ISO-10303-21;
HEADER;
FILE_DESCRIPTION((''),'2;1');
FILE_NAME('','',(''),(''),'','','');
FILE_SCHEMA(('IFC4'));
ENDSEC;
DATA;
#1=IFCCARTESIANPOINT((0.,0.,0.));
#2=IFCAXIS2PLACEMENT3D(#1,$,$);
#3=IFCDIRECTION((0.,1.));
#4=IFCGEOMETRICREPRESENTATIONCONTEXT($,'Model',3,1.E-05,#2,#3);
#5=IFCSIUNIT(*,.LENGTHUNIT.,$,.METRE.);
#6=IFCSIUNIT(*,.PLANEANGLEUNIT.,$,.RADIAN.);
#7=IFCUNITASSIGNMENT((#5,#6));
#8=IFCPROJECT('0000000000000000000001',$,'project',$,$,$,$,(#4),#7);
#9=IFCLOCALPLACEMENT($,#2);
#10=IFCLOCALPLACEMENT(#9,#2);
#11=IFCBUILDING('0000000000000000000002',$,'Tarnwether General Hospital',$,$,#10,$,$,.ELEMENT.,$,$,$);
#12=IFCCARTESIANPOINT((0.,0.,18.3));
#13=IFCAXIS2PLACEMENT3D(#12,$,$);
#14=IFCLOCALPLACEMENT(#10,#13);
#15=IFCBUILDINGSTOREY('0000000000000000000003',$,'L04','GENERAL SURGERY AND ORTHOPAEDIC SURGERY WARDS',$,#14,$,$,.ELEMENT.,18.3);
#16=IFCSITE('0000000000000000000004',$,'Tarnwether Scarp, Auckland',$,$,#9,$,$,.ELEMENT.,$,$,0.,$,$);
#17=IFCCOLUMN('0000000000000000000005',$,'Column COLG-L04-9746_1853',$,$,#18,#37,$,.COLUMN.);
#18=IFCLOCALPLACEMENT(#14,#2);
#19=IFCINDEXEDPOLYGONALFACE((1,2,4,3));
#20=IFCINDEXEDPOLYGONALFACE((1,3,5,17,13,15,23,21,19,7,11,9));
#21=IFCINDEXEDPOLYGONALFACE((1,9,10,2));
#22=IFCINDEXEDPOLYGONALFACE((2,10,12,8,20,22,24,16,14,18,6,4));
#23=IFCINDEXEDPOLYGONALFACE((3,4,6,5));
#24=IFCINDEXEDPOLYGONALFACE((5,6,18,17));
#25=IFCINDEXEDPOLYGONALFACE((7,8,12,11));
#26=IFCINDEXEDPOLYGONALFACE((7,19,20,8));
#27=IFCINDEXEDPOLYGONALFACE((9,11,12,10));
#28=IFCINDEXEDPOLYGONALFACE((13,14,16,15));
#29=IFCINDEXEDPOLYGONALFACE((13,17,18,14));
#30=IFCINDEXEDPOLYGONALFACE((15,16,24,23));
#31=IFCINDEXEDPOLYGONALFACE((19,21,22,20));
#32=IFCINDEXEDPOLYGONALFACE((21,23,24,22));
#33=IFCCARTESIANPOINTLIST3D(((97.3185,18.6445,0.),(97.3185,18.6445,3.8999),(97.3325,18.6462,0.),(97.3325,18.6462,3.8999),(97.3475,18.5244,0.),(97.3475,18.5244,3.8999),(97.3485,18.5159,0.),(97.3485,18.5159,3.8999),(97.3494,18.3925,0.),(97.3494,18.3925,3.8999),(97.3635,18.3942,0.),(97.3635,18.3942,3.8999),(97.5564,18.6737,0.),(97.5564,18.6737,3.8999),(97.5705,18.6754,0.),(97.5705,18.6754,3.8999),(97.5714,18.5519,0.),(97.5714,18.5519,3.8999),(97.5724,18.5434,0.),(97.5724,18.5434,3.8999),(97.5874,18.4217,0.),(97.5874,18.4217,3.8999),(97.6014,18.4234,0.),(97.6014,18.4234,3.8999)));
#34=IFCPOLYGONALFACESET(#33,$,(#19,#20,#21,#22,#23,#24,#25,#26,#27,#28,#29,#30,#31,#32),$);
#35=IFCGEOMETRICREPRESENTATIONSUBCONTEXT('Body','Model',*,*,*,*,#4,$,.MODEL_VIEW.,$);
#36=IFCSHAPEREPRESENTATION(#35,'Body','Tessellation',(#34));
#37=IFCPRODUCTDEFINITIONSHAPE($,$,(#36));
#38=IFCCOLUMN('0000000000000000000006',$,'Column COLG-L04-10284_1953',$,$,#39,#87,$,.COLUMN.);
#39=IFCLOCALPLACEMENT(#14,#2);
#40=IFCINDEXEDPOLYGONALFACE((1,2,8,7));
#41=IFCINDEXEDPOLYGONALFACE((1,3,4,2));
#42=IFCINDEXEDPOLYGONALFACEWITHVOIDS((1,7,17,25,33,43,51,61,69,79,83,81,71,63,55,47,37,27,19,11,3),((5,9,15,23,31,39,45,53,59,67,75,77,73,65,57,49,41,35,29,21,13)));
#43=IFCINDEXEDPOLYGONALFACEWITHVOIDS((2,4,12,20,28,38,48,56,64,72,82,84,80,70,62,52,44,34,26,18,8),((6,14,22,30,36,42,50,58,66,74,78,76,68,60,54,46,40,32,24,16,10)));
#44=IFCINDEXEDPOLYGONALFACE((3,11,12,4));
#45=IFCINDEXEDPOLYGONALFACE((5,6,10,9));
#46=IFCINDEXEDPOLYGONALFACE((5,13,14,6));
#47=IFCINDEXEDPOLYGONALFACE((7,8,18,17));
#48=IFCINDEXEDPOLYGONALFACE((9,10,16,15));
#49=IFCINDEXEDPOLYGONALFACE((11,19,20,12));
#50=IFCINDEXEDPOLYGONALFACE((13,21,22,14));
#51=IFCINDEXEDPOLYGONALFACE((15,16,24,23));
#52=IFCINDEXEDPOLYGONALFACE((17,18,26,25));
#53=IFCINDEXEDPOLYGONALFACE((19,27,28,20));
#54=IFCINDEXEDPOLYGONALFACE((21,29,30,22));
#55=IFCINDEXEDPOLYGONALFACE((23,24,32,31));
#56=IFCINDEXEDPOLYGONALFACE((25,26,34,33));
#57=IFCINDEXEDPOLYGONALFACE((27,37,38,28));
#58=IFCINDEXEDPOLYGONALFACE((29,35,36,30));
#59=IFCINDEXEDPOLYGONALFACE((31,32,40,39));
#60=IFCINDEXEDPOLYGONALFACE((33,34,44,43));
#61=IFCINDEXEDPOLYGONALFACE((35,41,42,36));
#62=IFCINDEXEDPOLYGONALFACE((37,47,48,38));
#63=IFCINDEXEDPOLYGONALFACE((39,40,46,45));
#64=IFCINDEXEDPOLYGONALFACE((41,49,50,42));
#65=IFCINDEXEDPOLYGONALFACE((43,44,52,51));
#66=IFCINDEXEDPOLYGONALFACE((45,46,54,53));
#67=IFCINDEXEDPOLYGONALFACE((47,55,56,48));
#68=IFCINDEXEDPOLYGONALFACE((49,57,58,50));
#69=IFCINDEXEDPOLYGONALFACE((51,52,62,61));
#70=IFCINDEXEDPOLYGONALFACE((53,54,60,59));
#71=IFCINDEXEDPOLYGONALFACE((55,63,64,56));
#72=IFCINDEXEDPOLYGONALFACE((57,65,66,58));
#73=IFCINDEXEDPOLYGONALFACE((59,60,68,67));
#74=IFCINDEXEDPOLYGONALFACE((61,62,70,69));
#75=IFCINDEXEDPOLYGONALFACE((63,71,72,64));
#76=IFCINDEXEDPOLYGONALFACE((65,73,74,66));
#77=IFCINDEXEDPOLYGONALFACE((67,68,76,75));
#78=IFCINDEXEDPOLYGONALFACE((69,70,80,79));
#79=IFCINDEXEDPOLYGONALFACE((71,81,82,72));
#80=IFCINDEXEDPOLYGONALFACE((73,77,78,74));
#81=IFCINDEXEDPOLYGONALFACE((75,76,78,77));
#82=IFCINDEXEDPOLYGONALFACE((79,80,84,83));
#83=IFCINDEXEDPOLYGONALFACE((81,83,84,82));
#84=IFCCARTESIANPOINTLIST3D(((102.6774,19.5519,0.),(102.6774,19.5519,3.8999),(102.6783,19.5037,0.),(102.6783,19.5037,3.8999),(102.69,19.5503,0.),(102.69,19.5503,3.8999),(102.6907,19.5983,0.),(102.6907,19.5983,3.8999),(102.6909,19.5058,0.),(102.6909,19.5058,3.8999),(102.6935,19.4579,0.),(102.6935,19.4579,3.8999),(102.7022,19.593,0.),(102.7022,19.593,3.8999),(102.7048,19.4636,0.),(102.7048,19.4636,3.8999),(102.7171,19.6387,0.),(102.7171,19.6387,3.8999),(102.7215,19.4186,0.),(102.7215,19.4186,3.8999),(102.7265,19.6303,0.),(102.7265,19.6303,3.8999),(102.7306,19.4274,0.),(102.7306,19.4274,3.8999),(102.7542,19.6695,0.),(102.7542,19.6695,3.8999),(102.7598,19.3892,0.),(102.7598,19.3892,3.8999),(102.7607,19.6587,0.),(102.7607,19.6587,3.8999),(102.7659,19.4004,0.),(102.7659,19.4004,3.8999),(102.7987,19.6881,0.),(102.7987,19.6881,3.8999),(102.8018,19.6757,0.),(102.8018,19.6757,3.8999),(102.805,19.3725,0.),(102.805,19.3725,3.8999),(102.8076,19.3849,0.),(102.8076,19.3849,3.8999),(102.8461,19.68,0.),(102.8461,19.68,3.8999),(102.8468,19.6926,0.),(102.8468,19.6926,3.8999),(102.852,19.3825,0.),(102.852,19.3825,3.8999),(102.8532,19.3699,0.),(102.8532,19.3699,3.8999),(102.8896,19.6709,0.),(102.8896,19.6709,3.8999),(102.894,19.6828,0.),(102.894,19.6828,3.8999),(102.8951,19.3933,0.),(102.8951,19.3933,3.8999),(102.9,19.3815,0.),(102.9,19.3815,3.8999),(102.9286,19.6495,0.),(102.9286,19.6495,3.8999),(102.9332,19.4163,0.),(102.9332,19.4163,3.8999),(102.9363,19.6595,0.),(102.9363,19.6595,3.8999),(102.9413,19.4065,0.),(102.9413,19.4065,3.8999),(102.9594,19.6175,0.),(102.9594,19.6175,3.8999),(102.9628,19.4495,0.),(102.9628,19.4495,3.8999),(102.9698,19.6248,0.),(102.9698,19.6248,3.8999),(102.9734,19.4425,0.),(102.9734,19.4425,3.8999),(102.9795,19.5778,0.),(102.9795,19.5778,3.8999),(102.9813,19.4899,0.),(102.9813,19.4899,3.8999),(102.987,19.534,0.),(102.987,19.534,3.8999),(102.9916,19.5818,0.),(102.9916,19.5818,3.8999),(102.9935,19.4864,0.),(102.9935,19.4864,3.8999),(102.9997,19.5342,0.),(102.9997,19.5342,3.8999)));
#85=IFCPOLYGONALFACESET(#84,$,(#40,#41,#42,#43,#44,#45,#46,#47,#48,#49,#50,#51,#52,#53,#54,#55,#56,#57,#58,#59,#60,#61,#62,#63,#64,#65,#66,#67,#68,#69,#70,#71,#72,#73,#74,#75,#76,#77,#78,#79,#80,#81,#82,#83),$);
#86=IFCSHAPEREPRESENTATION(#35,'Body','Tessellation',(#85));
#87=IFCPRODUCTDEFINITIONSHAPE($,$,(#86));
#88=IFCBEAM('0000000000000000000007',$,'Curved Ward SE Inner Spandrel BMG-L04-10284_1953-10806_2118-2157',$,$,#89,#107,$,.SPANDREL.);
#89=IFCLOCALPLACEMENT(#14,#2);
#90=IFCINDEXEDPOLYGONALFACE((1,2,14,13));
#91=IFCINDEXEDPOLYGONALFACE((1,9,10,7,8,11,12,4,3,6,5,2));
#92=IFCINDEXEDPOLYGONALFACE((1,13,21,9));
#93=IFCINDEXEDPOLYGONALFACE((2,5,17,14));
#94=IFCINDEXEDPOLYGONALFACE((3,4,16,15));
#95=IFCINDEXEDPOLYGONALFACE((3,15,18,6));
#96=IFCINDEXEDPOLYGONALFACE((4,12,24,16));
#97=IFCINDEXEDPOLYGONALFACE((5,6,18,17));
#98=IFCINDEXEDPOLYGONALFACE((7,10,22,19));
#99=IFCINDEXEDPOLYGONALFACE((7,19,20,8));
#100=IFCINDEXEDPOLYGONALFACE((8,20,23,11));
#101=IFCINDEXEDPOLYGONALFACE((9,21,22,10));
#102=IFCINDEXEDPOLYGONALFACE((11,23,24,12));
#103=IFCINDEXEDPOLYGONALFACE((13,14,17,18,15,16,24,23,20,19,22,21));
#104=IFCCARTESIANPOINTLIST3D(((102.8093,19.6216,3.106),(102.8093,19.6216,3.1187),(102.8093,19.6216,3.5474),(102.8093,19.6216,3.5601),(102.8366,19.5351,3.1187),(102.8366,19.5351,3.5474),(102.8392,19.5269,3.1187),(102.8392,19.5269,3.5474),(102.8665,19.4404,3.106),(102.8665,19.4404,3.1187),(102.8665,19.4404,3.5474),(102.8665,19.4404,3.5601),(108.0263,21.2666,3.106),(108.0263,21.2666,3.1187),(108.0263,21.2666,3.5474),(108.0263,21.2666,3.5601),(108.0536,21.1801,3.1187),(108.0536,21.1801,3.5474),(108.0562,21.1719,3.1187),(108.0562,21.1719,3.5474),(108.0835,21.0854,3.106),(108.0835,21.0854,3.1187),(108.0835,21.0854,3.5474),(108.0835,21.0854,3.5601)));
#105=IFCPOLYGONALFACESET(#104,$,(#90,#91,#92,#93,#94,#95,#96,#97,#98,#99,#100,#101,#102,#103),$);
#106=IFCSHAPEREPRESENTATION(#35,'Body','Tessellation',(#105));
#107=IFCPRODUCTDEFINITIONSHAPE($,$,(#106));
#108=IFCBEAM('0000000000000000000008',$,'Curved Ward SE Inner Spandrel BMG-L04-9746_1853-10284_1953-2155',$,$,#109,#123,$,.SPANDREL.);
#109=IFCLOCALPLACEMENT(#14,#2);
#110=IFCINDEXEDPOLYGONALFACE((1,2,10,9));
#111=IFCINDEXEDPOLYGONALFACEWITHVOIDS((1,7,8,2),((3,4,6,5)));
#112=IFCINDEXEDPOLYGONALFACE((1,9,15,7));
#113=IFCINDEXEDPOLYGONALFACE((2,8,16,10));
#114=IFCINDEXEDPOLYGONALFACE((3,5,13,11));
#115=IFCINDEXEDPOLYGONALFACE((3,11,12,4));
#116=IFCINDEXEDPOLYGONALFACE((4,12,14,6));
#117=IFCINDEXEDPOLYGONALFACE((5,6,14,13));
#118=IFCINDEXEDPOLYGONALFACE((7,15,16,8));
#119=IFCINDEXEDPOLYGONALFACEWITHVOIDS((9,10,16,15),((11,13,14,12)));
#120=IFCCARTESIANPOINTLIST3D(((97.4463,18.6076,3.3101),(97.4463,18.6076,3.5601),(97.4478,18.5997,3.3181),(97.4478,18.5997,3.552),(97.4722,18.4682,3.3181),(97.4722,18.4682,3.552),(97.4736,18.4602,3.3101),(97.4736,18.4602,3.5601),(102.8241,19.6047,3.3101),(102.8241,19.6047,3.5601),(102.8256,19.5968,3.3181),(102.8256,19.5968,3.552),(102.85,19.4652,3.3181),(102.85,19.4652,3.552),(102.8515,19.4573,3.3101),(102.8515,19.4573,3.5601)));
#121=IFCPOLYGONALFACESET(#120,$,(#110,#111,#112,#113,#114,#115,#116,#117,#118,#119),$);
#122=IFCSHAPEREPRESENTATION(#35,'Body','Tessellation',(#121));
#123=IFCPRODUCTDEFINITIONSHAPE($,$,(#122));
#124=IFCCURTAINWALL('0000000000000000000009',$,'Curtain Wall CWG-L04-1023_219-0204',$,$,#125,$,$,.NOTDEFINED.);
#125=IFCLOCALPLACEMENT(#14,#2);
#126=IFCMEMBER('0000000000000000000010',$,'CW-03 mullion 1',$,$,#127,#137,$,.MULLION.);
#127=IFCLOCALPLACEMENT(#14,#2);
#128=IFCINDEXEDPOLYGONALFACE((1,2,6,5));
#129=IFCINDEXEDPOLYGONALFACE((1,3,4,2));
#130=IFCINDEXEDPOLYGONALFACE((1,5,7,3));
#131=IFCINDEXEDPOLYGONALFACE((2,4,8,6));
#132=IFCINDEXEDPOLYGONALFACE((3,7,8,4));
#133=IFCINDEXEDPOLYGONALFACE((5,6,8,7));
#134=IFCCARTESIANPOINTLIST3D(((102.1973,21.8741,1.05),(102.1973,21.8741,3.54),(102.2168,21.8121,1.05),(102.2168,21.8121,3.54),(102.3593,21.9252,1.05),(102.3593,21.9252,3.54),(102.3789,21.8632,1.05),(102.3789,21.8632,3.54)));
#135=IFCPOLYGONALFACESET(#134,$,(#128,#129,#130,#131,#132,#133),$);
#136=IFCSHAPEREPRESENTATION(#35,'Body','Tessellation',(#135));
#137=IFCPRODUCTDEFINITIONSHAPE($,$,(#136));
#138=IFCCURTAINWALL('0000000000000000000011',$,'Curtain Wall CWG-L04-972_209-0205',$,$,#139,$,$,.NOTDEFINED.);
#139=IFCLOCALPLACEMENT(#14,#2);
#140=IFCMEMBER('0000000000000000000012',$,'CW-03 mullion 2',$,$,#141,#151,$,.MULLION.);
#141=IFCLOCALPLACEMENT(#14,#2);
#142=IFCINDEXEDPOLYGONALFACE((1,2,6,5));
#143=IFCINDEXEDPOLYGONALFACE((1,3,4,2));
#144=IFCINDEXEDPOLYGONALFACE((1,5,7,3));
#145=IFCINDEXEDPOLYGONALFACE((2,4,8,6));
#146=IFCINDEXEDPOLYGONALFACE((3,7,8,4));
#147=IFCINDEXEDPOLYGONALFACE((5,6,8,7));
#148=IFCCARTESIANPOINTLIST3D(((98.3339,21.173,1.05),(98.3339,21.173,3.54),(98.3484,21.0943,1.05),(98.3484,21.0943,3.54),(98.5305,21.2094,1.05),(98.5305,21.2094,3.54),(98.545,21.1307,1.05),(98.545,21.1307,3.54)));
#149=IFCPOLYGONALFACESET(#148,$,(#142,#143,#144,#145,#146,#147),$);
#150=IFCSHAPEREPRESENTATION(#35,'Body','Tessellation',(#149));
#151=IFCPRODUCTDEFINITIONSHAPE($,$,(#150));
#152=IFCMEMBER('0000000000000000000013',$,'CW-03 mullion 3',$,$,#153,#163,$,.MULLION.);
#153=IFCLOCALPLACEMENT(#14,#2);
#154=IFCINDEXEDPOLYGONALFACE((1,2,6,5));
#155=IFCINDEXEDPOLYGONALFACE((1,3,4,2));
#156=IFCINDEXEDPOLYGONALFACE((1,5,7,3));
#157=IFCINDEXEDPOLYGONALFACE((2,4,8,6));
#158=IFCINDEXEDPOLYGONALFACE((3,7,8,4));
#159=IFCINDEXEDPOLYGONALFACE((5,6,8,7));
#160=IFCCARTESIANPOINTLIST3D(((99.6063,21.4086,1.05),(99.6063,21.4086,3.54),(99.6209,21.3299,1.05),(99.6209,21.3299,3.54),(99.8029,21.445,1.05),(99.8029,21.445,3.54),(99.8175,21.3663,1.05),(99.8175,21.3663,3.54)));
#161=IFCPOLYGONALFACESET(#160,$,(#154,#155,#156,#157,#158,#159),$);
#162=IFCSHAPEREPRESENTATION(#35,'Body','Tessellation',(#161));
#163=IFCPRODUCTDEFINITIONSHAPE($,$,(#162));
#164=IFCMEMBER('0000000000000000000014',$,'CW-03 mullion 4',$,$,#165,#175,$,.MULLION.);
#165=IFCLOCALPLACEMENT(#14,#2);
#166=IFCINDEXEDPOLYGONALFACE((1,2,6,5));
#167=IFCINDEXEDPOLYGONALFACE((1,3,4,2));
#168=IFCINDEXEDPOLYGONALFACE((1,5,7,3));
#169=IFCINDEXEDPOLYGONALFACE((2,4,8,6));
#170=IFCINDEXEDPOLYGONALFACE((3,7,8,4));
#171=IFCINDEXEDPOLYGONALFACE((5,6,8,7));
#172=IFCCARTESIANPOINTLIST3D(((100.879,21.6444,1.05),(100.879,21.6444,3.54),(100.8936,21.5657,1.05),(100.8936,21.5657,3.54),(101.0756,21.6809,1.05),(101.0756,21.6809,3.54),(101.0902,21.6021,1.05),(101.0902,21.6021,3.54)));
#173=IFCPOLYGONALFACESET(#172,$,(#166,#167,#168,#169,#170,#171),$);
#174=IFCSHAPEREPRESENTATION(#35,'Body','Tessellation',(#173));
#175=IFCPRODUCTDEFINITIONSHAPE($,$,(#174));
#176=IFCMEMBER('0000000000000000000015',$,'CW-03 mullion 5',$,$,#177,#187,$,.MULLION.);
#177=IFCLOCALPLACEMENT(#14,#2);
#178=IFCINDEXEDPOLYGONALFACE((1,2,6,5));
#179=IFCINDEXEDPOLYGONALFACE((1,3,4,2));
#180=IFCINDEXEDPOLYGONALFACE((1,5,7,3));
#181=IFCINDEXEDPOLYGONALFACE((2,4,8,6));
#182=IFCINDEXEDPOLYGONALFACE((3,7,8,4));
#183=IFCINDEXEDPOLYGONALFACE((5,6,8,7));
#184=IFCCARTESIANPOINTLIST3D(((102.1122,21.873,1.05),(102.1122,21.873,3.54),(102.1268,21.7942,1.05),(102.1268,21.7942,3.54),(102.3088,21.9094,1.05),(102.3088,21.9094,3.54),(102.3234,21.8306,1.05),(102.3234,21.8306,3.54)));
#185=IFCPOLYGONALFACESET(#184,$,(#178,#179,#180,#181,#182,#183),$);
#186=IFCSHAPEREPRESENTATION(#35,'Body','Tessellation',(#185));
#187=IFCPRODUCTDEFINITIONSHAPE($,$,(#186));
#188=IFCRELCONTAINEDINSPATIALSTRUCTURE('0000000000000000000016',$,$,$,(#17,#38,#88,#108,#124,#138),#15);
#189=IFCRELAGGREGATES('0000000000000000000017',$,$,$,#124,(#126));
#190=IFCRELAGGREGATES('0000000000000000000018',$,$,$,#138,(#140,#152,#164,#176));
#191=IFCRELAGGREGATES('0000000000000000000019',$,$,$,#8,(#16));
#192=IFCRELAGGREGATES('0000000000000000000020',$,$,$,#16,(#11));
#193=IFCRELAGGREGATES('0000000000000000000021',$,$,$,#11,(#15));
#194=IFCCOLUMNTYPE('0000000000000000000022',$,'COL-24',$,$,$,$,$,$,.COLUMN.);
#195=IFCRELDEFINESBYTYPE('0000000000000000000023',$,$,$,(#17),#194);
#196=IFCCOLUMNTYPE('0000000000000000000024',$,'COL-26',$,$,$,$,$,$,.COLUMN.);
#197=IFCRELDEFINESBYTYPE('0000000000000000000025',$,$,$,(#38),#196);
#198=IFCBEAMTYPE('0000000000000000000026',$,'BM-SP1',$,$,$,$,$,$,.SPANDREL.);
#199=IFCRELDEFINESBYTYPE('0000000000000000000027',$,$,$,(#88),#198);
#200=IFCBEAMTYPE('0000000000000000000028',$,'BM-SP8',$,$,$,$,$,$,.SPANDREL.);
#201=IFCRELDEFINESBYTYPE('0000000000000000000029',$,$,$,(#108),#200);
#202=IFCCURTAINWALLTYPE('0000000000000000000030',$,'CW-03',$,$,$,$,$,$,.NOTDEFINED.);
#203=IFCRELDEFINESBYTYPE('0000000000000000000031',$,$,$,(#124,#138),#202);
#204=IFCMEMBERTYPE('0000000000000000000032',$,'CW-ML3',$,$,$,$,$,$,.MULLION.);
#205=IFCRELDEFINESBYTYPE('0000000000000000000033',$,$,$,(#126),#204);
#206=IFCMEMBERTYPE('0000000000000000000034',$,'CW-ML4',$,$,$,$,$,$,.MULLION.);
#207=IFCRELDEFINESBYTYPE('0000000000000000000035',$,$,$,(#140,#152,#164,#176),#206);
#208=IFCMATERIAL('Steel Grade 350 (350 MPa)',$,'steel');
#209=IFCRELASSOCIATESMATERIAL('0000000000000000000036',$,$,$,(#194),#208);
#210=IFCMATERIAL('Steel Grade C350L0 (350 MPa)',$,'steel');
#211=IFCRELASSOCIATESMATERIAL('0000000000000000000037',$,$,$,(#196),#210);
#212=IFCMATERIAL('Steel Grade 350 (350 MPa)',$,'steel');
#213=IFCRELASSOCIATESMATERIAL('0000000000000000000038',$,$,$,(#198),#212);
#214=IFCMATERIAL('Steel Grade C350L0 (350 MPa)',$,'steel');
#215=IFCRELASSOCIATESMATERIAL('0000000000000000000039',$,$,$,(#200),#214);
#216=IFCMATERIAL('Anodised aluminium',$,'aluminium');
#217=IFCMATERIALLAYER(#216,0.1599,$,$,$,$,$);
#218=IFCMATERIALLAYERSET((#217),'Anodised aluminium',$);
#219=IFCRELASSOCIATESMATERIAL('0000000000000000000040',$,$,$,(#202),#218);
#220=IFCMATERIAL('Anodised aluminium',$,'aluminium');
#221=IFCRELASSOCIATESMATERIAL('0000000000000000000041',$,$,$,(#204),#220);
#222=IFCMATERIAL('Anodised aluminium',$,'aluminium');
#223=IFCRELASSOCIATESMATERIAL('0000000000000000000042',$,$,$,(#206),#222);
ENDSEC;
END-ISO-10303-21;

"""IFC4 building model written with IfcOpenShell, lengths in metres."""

from ifc_helpers import new_model, si_unit, direction, frame, origin, origin_2d, place, context, subcontext, project, spatial, rectangle, hollow_rectangle, hollow_circle, i_section, extrude, material, layer, layer_set, material_profile, profile_set, type_object, element, aggregate, save


model = new_model("IFC4")

# Units and contexts
model_context = context("Model", 3, precision=1e-05, world=origin(), true_north=direction((0.0, 1.0)))
body_context = subcontext(model_context, "Body", "Model", "MODEL_VIEW")
ifc_project = project(units=[si_unit("LENGTHUNIT", "METRE"), si_unit("PLANEANGLEUNIT", "RADIAN")], contexts=[model_context])

# Site, building, storey
site_placement = place(None, origin())
site = spatial("IfcSite", under=ifc_project, at=site_placement, Name="Tarnwether Scarp, Auckland", CompositionType="ELEMENT", RefElevation=0.0)
building_placement = place(site_placement, origin())
building = spatial("IfcBuilding", under=site, at=building_placement, Name="Tarnwether General Hospital", CompositionType="ELEMENT")
storey_placement = place(building_placement, frame((0.0, 0.0, 18.3)))
storey = spatial("IfcBuildingStorey", under=building, at=storey_placement, Name="L04", Description="GENERAL SURGERY AND ORTHOPAEDIC SURGERY WARDS", CompositionType="ELEMENT", Elevation=18.3)

# Columns
ifc_material_1 = material(Name="Steel Grade 350 (350 MPa)", Category="steel")
ifc_material_profile_1 = material_profile(ifc_material_1, i_section(OverallWidth=0.2539, OverallDepth=0.2539, WebThickness=0.0085, FlangeThickness=0.0142, at=origin_2d()), Name="250UC72.9")
ifc_profile_set_1 = profile_set([ifc_material_profile_1], Name="Steel Grade 350 (350 MPa)")
column_type_1 = type_object("IfcColumnType", Name="COL-24", PredefinedType="COLUMN", material=ifc_profile_set_1)
column_1_placement = place(storey_placement, frame((97.46, 18.5339, 0.0), z_axis=(0.0, 0.0, 1.0), x_axis=(-0.121869, 0.992546, 0.0)))
element("IfcColumn", 1, at=column_1_placement, inside=storey, type_object=column_type_1, Name="Column COLG-L04-9746_1853", PredefinedType="COLUMN", context=body_context, shape_type="SweptSolid", body=[
    extrude(i_section(OverallWidth=0.2539, OverallDepth=0.2539, WebThickness=0.0085, FlangeThickness=0.0142, at=origin_2d()), origin(), (0.0, 0.0, 1.0), 3.8999),
])
ifc_material_2 = material(Name="Steel Grade C350L0 (350 MPa)", Category="steel")
ifc_material_profile_2 = material_profile(ifc_material_2, hollow_circle(Radius=0.1619, WallThickness=0.0127, at=origin_2d()), Name="CHS323.9x12.7")
ifc_profile_set_2 = profile_set([ifc_material_profile_2], Name="Steel Grade C350L0 (350 MPa)")
column_type_2 = type_object("IfcColumnType", Name="COL-26", PredefinedType="COLUMN", material=ifc_profile_set_2)
column_2_placement = place(storey_placement, frame((102.8379, 19.531, 0.0), z_axis=(0.0, 0.0, 1.0), x_axis=(-0.241922, 0.970296, 0.0)))
element("IfcColumn", 2, at=column_2_placement, inside=storey, type_object=column_type_2, Name="Column COLG-L04-10284_1953", PredefinedType="COLUMN", context=body_context, shape_type="SweptSolid", body=[
    extrude(hollow_circle(Radius=0.1619, WallThickness=0.0127, at=origin_2d()), origin(), (0.0, 0.0, 1.0), 3.8999),
])

# Beams
ifc_material_3 = material(Name="Steel Grade 350 (350 MPa)", Category="steel")
ifc_material_profile_3 = material_profile(ifc_material_3, i_section(OverallWidth=0.1899, OverallDepth=0.4541, WebThickness=0.0085, FlangeThickness=0.0127, at=origin_2d()), Name="460UB67.1")
ifc_profile_set_3 = profile_set([ifc_material_profile_3], Name="Steel Grade 350 (350 MPa)")
beam_type_1 = type_object("IfcBeamType", Name="BM-SP1", PredefinedType="SPANDREL", material=ifc_profile_set_3)
beam_1_placement = place(storey_placement, frame((102.8379, 19.531, 3.333), z_axis=(0.953712, 0.300721, 0.0), x_axis=(-0.300721, 0.953712, 0.0)))
element("IfcBeam", 3, at=beam_1_placement, inside=storey, type_object=beam_type_1, Name="Curved Ward SE Inner Spandrel BMG-L04-10284_1953-10806_2118-2157", PredefinedType="SPANDREL", context=body_context, shape_type="SweptSolid", body=[
    extrude(i_section(OverallWidth=0.1899, OverallDepth=0.4541, WebThickness=0.0085, FlangeThickness=0.0127, at=origin_2d()), origin(), (0.0, 0.0, 1.0), 5.4702),
])
ifc_material_4 = material(Name="Steel Grade C350L0 (350 MPa)", Category="steel")
ifc_material_profile_4 = material_profile(ifc_material_4, hollow_rectangle(XDim=0.1499, YDim=0.25, WallThickness=0.0081, at=origin_2d()), Name="RHS250x150x8")
ifc_profile_set_4 = profile_set([ifc_material_profile_4], Name="Steel Grade C350L0 (350 MPa)")
beam_type_2 = type_object("IfcBeamType", Name="BM-SP8", PredefinedType="SPANDREL", material=ifc_profile_set_4)
beam_2_placement = place(storey_placement, frame((97.46, 18.5339, 3.4351), z_axis=(0.983244, 0.182294, 0.0), x_axis=(-0.182294, 0.983244, 0.0)))
element("IfcBeam", 4, at=beam_2_placement, inside=storey, type_object=beam_type_2, Name="Curved Ward SE Inner Spandrel BMG-L04-9746_1853-10284_1953-2155", PredefinedType="SPANDREL", context=body_context, shape_type="SweptSolid", body=[
    extrude(hollow_rectangle(XDim=0.1499, YDim=0.25, WallThickness=0.0081, at=origin_2d()), origin(), (0.0, 0.0, 1.0), 5.4695),
])

# Curtain wall, member
ifc_material_5 = material(Name="Anodised aluminium", Category="aluminium")
ifc_layer_1 = layer(ifc_material_5, 0.1599)
ifc_layer_set_1 = layer_set([ifc_layer_1], Name="Anodised aluminium")
curtain_wall_type = type_object("IfcCurtainWallType", Name="CW-03", PredefinedType="NOTDEFINED", material=ifc_layer_set_1)
curtain_wall_1_placement = place(storey_placement, origin())
curtain_wall_1 = element("IfcCurtainWall", 5, at=curtain_wall_1_placement, inside=storey, type_object=curtain_wall_type, Name="Curtain Wall CWG-L04-1023_219-0204", PredefinedType="NOTDEFINED")
ifc_material_6 = material(Name="Anodised aluminium", Category="aluminium")
ifc_material_profile_5 = material_profile(ifc_material_6, rectangle(XDim=0.0649, YDim=0.1699, at=origin_2d()), Name="ALU-MUL-65x170")
ifc_profile_set_5 = profile_set([ifc_material_profile_5], Name="Anodised aluminium")
member_type_1 = type_object("IfcMemberType", Name="CW-ML3", PredefinedType="MULLION", material=ifc_profile_set_5)
member_1_placement = place(storey_placement, frame((102.2881, 21.8687, 1.05), z_axis=(0.0, 0.0, 1.0), x_axis=(-0.300715, 0.953714, 0.0)))
member_1 = element("IfcMember", 6, at=member_1_placement, type_object=member_type_1, Name="CW-03 mullion 1", PredefinedType="MULLION", context=body_context, shape_type="SweptSolid", body=[
    extrude(rectangle(XDim=0.0649, YDim=0.1699, at=origin_2d()), origin(), (0.0, 0.0, 1.0), 2.49),
])

# Curtain wall, members
curtain_wall_2_placement = place(storey_placement, origin())
curtain_wall_2 = element("IfcCurtainWall", 7, at=curtain_wall_2_placement, inside=storey, type_object=curtain_wall_type, Name="Curtain Wall CWG-L04-972_209-0205", PredefinedType="NOTDEFINED")
ifc_material_7 = material(Name="Anodised aluminium", Category="aluminium")
ifc_material_profile_6 = material_profile(ifc_material_7, rectangle(XDim=0.0801, YDim=0.2, at=origin_2d()), Name="ALU-MUL-80x200")
ifc_profile_set_6 = profile_set([ifc_material_profile_6], Name="Anodised aluminium")
member_type_2 = type_object("IfcMemberType", Name="CW-ML4", PredefinedType="MULLION", material=ifc_profile_set_6)
member_2_placement = place(storey_placement, frame((98.4395, 21.1519, 1.05), z_axis=(0.0, 0.0, 1.0), x_axis=(-0.182165, 0.983268, 0.0)))
member_2 = element("IfcMember", 8, at=member_2_placement, type_object=member_type_2, Name="CW-03 mullion 2", PredefinedType="MULLION", context=body_context, shape_type="SweptSolid", body=[
    extrude(rectangle(XDim=0.0801, YDim=0.2, at=origin_2d()), origin(), (0.0, 0.0, 1.0), 2.49),
])
member_3_placement = place(storey_placement, frame((99.7119, 21.3875, 1.05), z_axis=(0.0, 0.0, 1.0), x_axis=(-0.182165, 0.983268, 0.0)))
member_3 = element("IfcMember", 9, at=member_3_placement, type_object=member_type_2, Name="CW-03 mullion 3", PredefinedType="MULLION", context=body_context, shape_type="SweptSolid", body=[
    extrude(rectangle(XDim=0.0801, YDim=0.2, at=origin_2d()), origin(), (0.0, 0.0, 1.0), 2.49),
])
member_4_placement = place(storey_placement, frame((100.9846, 21.6233, 1.05), z_axis=(0.0, 0.0, 1.0), x_axis=(-0.182165, 0.983268, 0.0)))
member_4 = element("IfcMember", 10, at=member_4_placement, type_object=member_type_2, Name="CW-03 mullion 4", PredefinedType="MULLION", context=body_context, shape_type="SweptSolid", body=[
    extrude(rectangle(XDim=0.0801, YDim=0.2, at=origin_2d()), origin(), (0.0, 0.0, 1.0), 2.49),
])
member_5_placement = place(storey_placement, frame((102.2178, 21.8518, 1.05), z_axis=(0.0, 0.0, 1.0), x_axis=(-0.182165, 0.983268, 0.0)))
member_5 = element("IfcMember", 11, at=member_5_placement, type_object=member_type_2, Name="CW-03 mullion 5", PredefinedType="MULLION", context=body_context, shape_type="SweptSolid", body=[
    extrude(rectangle(XDim=0.0801, YDim=0.2, at=origin_2d()), origin(), (0.0, 0.0, 1.0), 2.49),
])

aggregate(curtain_wall_1, [member_1])

aggregate(curtain_wall_2, [member_2, member_3, member_4, member_5])

save(model, "model.ifc")
